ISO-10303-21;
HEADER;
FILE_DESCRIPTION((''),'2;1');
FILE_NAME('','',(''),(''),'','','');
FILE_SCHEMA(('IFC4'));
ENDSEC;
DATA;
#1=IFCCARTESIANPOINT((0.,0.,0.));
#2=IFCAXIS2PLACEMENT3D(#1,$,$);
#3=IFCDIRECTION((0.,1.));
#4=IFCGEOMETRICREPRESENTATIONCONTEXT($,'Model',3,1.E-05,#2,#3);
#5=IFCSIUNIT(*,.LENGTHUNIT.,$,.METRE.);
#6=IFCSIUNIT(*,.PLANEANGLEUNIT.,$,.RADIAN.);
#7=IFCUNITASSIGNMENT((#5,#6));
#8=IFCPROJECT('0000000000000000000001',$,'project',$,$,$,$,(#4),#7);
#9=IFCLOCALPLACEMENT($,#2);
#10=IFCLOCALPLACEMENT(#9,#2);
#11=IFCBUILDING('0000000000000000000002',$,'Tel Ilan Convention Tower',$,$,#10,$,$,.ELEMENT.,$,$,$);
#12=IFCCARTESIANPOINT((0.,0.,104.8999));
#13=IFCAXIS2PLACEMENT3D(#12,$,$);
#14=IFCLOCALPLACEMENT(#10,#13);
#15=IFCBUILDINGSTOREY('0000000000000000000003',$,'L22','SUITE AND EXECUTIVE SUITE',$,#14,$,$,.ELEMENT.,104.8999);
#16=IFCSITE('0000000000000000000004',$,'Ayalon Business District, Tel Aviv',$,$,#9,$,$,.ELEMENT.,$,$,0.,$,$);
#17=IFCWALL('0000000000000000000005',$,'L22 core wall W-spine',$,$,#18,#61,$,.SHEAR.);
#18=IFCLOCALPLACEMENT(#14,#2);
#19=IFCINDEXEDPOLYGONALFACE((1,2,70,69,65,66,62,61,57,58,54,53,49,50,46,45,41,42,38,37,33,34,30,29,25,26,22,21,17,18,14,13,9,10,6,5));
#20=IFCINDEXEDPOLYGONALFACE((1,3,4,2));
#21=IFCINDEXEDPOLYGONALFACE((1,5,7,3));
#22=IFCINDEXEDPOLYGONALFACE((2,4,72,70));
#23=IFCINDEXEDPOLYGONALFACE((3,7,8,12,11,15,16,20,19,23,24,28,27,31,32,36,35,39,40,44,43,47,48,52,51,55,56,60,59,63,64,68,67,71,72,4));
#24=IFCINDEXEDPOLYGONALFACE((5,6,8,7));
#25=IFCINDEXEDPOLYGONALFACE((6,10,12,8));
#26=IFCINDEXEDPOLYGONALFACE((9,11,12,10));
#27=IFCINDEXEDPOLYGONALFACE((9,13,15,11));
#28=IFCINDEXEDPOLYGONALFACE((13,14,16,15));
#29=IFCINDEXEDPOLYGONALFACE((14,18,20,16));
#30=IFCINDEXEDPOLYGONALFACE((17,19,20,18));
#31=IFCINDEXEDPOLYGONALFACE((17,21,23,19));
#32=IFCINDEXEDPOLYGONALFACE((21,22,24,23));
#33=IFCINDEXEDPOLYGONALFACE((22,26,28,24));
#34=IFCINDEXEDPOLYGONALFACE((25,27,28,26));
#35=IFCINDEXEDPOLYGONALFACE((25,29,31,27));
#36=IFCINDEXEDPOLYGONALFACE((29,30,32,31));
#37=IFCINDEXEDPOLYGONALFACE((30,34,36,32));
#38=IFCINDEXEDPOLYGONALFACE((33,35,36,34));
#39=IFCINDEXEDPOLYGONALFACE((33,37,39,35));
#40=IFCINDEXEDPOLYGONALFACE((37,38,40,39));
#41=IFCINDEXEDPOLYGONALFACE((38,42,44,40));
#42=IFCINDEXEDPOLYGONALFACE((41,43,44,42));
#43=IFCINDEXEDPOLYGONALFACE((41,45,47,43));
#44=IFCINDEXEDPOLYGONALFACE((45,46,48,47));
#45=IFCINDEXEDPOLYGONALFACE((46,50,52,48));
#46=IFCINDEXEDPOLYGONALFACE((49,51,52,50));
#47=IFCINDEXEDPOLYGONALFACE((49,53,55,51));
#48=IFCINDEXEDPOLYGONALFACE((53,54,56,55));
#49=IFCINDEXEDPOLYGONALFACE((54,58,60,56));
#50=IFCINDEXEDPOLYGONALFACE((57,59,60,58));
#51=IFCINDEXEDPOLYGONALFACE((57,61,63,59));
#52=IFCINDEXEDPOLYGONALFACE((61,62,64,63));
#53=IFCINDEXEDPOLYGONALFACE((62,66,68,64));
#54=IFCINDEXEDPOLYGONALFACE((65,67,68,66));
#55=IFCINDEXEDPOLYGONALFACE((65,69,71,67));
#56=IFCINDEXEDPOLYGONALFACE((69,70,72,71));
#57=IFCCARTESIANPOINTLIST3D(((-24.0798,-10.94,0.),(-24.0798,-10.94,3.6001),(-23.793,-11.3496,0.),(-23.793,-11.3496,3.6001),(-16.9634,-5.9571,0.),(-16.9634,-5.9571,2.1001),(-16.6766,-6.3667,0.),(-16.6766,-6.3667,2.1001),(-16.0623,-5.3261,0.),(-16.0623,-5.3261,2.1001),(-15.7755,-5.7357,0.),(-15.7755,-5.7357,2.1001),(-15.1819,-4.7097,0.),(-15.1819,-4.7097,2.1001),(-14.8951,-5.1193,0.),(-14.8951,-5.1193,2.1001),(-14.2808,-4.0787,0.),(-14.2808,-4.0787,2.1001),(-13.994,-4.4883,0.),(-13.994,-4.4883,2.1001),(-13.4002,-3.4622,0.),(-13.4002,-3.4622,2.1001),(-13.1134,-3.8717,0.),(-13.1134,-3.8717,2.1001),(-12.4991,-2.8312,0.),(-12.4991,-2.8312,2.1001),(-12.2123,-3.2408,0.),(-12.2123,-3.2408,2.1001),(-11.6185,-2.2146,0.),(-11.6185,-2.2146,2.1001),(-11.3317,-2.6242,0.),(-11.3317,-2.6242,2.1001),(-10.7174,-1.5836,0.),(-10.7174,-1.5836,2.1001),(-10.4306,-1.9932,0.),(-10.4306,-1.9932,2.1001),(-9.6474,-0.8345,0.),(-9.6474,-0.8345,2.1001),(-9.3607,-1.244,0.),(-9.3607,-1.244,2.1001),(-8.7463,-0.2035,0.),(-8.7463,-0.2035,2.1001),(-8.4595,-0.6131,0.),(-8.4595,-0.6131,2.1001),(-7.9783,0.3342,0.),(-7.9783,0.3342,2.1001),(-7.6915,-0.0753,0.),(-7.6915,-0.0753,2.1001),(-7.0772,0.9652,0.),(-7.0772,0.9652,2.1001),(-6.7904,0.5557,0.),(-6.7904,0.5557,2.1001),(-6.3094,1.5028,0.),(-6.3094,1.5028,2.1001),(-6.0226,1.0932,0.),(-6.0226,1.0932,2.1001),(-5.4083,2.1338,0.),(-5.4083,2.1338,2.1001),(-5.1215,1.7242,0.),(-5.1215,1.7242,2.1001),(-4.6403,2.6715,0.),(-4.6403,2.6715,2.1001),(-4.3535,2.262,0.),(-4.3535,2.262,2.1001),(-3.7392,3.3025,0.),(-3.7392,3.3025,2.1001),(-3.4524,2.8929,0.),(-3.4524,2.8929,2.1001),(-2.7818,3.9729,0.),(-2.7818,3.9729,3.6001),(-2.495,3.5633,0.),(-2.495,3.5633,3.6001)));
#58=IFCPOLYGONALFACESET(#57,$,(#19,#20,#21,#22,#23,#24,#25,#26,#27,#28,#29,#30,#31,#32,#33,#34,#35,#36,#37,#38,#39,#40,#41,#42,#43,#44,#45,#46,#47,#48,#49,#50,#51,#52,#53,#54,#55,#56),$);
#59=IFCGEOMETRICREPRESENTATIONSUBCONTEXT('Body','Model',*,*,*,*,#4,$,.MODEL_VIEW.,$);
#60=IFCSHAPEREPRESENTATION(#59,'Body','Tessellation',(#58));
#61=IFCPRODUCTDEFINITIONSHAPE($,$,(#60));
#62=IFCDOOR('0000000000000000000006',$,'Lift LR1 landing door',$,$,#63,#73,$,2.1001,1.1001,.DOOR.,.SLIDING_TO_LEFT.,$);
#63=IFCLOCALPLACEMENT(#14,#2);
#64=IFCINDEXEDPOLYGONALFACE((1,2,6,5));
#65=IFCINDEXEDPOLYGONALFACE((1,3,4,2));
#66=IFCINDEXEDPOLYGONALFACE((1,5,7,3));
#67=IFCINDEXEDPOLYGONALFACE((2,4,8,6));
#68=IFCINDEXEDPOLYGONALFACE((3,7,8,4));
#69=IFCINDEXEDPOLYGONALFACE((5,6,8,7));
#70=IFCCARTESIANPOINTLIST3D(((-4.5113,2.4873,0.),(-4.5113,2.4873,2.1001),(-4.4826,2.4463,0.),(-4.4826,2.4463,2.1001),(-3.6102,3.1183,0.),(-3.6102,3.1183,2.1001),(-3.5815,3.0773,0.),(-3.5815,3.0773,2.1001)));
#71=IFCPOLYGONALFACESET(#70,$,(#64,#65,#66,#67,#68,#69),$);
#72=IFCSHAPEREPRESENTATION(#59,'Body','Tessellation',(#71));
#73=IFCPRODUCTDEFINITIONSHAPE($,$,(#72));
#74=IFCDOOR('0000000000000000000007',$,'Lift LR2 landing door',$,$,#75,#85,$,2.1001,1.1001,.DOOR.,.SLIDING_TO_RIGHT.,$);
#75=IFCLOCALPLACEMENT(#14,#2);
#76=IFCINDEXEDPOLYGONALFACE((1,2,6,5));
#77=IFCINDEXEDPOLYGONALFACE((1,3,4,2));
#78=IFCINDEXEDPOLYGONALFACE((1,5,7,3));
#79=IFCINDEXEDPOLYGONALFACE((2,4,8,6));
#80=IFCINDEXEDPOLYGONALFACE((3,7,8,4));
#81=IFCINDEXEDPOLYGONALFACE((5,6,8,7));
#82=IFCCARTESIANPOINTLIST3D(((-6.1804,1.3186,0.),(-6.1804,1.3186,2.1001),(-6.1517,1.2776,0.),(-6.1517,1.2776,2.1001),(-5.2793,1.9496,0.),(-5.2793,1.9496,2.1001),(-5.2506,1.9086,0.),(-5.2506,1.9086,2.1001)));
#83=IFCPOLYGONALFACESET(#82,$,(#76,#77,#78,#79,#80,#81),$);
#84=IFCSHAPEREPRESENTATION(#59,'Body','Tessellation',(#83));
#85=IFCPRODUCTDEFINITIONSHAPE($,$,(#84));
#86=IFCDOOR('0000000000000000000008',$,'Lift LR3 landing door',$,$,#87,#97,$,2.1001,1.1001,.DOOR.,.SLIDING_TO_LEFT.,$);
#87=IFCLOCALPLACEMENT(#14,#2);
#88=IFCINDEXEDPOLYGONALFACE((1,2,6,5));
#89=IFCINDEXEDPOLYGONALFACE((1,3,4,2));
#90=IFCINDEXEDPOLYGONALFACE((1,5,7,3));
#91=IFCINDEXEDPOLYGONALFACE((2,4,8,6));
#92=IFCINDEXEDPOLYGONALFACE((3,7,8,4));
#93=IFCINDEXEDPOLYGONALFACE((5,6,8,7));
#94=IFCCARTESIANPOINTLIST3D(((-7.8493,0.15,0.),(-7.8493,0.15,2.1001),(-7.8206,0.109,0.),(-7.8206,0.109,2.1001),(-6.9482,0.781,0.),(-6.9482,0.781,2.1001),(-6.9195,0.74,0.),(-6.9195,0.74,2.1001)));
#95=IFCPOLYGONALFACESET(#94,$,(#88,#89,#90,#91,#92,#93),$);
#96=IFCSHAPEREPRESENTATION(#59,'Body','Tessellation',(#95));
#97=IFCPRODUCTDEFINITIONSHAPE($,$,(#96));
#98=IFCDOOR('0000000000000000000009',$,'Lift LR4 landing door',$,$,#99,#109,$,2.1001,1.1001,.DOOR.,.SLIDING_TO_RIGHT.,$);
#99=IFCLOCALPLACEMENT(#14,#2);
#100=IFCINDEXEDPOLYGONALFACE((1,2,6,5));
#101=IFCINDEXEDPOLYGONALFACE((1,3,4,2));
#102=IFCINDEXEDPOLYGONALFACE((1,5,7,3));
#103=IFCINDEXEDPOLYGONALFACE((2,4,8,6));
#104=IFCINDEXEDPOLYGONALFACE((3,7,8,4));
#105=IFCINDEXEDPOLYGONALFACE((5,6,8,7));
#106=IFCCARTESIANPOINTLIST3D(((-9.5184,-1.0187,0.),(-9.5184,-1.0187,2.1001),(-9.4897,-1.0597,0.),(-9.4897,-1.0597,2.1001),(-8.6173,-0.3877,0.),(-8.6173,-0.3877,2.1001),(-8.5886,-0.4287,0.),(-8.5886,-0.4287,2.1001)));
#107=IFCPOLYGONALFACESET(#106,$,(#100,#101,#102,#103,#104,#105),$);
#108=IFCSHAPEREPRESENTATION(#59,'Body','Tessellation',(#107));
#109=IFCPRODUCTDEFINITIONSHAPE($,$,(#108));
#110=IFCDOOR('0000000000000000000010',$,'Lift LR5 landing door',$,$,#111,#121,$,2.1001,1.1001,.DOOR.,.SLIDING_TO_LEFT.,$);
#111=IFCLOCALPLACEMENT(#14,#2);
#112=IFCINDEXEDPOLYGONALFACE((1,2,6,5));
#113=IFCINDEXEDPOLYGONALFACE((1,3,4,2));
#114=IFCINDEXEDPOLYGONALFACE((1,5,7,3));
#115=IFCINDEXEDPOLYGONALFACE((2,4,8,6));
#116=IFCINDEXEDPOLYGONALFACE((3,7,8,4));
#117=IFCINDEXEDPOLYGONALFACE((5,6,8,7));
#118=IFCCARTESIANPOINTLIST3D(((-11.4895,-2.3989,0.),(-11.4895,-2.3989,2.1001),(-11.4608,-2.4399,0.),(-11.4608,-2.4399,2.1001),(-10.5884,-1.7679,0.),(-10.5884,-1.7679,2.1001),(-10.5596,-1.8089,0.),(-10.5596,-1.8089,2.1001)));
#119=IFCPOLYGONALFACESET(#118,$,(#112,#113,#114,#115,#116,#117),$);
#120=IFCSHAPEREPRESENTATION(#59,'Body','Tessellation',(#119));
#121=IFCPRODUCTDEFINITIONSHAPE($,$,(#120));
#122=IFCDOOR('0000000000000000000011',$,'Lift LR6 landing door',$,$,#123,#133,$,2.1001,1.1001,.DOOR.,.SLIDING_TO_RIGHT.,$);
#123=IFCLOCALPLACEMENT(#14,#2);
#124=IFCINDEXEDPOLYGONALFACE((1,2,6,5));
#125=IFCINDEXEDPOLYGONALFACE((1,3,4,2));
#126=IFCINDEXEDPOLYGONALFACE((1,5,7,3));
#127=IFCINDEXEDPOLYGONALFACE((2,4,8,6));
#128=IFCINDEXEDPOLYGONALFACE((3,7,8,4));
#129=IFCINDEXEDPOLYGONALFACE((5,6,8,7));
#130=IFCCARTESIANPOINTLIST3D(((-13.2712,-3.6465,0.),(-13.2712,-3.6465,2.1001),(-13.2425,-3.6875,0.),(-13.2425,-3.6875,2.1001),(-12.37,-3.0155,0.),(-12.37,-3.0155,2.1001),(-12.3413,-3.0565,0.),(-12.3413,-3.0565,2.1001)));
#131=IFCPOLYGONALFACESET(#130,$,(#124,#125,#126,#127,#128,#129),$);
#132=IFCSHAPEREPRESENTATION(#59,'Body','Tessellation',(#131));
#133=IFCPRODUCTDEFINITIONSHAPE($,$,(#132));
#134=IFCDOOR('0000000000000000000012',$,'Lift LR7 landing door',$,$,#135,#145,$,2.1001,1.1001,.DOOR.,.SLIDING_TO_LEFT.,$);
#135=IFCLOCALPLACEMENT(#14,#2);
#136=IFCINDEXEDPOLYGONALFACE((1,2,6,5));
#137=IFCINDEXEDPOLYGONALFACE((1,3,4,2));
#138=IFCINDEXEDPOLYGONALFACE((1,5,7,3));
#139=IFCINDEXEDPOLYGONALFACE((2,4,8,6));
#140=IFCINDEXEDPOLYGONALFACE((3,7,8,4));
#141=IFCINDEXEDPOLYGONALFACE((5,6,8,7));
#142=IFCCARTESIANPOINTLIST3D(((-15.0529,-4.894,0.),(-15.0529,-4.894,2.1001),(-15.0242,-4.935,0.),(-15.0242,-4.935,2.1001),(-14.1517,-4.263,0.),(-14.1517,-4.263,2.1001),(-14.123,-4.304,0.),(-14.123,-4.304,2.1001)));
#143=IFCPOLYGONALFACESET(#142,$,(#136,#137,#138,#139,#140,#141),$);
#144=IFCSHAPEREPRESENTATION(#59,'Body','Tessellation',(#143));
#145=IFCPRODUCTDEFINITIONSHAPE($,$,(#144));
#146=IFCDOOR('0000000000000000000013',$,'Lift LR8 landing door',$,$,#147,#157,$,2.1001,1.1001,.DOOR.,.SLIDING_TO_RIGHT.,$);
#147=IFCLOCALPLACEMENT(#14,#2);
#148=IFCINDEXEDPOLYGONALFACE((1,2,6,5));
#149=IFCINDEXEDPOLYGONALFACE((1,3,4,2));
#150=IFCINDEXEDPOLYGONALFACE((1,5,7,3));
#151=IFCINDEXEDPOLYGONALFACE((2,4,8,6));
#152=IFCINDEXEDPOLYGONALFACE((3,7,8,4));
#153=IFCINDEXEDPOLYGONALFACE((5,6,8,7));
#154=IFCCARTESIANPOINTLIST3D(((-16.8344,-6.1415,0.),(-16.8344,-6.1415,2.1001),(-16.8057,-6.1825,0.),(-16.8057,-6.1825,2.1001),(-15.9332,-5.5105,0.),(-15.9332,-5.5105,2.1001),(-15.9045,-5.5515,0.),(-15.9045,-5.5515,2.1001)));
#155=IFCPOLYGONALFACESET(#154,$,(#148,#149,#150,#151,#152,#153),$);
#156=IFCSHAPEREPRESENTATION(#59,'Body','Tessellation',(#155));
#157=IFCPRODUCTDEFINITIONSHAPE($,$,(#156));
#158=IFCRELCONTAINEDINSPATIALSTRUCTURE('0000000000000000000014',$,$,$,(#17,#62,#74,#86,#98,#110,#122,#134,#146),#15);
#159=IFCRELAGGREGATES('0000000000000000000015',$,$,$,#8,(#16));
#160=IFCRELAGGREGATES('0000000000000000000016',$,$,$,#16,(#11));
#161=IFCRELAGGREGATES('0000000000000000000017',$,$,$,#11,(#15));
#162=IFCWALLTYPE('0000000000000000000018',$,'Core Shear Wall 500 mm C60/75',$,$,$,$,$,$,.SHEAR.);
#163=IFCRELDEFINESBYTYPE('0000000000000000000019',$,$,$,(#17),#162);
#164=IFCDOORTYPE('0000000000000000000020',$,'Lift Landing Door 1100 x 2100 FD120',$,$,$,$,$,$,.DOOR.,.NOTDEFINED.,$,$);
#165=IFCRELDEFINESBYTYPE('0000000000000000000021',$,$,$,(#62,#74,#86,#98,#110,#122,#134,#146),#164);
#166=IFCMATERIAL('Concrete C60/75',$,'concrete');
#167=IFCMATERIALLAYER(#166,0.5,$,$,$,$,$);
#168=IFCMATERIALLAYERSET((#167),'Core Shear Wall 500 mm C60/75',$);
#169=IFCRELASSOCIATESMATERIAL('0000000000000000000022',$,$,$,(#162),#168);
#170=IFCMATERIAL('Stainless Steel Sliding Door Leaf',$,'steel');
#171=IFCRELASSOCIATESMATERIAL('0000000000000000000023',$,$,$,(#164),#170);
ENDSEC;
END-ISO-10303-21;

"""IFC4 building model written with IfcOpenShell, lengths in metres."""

from ifc_helpers import new_model, si_unit, direction, frame, frame_2d, origin, place, context, subcontext, project, spatial, polyline, rectangle, outline, extrude, material, layer, layer_set, type_object, element, fill, save


model = new_model("IFC4")

# Units and contexts
model_context = context("Model", 3, precision=1e-05, world=origin(), true_north=direction((0.0, 1.0)))
body_context = subcontext(model_context, "Body", "Model", "MODEL_VIEW")
ifc_project = project(units=[si_unit("LENGTHUNIT", "METRE"), si_unit("PLANEANGLEUNIT", "RADIAN")], contexts=[model_context])

# Site, building, storey
site_placement = place(None, origin())
site = spatial("IfcSite", under=ifc_project, at=site_placement, Name="Ayalon Business District, Tel Aviv", CompositionType="ELEMENT", RefElevation=0.0)
building_placement = place(site_placement, origin())
building = spatial("IfcBuilding", under=site, at=building_placement, Name="Tel Ilan Convention Tower", CompositionType="ELEMENT")
storey_placement = place(building_placement, frame((0.0, 0.0, 104.8999)))
storey = spatial("IfcBuildingStorey", under=building, at=storey_placement, Name="L22", Description="SUITE AND EXECUTIVE SUITE", CompositionType="ELEMENT", Elevation=104.8999)

# Wall, openings, doors
ifc_material_1 = material(Name="Concrete C60/75", Category="concrete")
ifc_layer_1 = layer(ifc_material_1, 0.5)
ifc_layer_set_1 = layer_set([ifc_layer_1], Name="Core Shear Wall 500 mm C60/75")
wall_type_1 = type_object("IfcWallType", Name="Core Shear Wall 500 mm C60/75", PredefinedType="SHEAR", material=ifc_layer_set_1)
wall_1_placement = place(storey_placement, frame((-2.6384, 3.7681, 0.0), z_axis=(0.0, 0.0, 1.0), x_axis=(-0.819149, -0.573581, 0.0)))
wall_1 = element("IfcWall", 1, at=wall_1_placement, inside=storey, type_object=wall_type_1, Name="L22 core wall W-spine", PredefinedType="SHEAR", context=body_context, shape_type="SweptSolid", body=[
    extrude(outline(polyline([(26.0, 0.2498), (0.0, 0.25), (0.0, -0.25), (26.0, -0.2502), (26.0, 0.2498)])), origin(), (0.0, 0.0, 1.0), 3.6001),
])
opening_1_placement = place(wall_1_placement, frame((1.1687, 0.0, 0.0)))
opening_1 = element("IfcOpeningElement", 2, at=opening_1_placement, cuts=wall_1, PredefinedType="OPENING", context=body_context, shape_type="SweptSolid", body=[
    extrude(rectangle(XDim=1.1001, YDim=2.1001, at=frame_2d((0.55, 1.05))), frame((0.0, 0.26, 0.0), z_axis=(0.0, -1.0, 0.0), x_axis=(1.0, 0.0, 0.0)), (0.0, 0.0, 1.0), 0.52),
])
opening_2_placement = place(wall_1_placement, frame((3.2063, 0.0, 0.0)))
opening_2 = element("IfcOpeningElement", 3, at=opening_2_placement, cuts=wall_1, PredefinedType="OPENING", context=body_context, shape_type="SweptSolid", body=[
    extrude(rectangle(XDim=1.1001, YDim=2.1001, at=frame_2d((0.55, 1.05))), frame((0.0, 0.26, 0.0), z_axis=(0.0, -1.0, 0.0), x_axis=(1.0, 0.0, 0.0)), (0.0, 0.0, 1.0), 0.52),
])
opening_3_placement = place(wall_1_placement, frame((5.2437, 0.0, 0.0)))
opening_3 = element("IfcOpeningElement", 4, at=opening_3_placement, cuts=wall_1, PredefinedType="OPENING", context=body_context, shape_type="SweptSolid", body=[
    extrude(rectangle(XDim=1.1001, YDim=2.1001, at=frame_2d((0.55, 1.05))), frame((0.0, 0.26, 0.0), z_axis=(0.0, -1.0, 0.0), x_axis=(1.0, 0.0, 0.0)), (0.0, 0.0, 1.0), 0.52),
])
opening_4_placement = place(wall_1_placement, frame((7.2812, 0.0, 0.0)))
opening_4 = element("IfcOpeningElement", 5, at=opening_4_placement, cuts=wall_1, PredefinedType="OPENING", context=body_context, shape_type="SweptSolid", body=[
    extrude(rectangle(XDim=1.1001, YDim=2.1001, at=frame_2d((0.55, 1.05))), frame((0.0, 0.26, 0.0), z_axis=(0.0, -1.0, 0.0), x_axis=(1.0, 0.0, 0.0)), (0.0, 0.0, 1.0), 0.52),
])
opening_5_placement = place(wall_1_placement, frame((9.6875, 0.0, 0.0)))
opening_5 = element("IfcOpeningElement", 6, at=opening_5_placement, cuts=wall_1, PredefinedType="OPENING", context=body_context, shape_type="SweptSolid", body=[
    extrude(rectangle(XDim=1.1001, YDim=2.1001, at=frame_2d((0.55, 1.05))), frame((0.0, 0.26, 0.0), z_axis=(0.0, -1.0, 0.0), x_axis=(1.0, 0.0, 0.0)), (0.0, 0.0, 1.0), 0.52),
])
opening_6_placement = place(wall_1_placement, frame((11.8625, 0.0, 0.0)))
opening_6 = element("IfcOpeningElement", 7, at=opening_6_placement, cuts=wall_1, PredefinedType="OPENING", context=body_context, shape_type="SweptSolid", body=[
    extrude(rectangle(XDim=1.1001, YDim=2.1001, at=frame_2d((0.55, 1.05))), frame((0.0, 0.26, 0.0), z_axis=(0.0, -1.0, 0.0), x_axis=(1.0, 0.0, 0.0)), (0.0, 0.0, 1.0), 0.52),
])
opening_7_placement = place(wall_1_placement, frame((14.0376, 0.0, 0.0)))
opening_7 = element("IfcOpeningElement", 8, at=opening_7_placement, cuts=wall_1, PredefinedType="OPENING", context=body_context, shape_type="SweptSolid", body=[
    extrude(rectangle(XDim=1.1001, YDim=2.1001, at=frame_2d((0.55, 1.05))), frame((0.0, 0.26, 0.0), z_axis=(0.0, -1.0, 0.0), x_axis=(1.0, 0.0, 0.0)), (0.0, 0.0, 1.0), 0.52),
])
opening_8_placement = place(wall_1_placement, frame((16.2124, 0.0, 0.0)))
opening_8 = element("IfcOpeningElement", 9, at=opening_8_placement, cuts=wall_1, PredefinedType="OPENING", context=body_context, shape_type="SweptSolid", body=[
    extrude(rectangle(XDim=1.1001, YDim=2.1001, at=frame_2d((0.55, 1.05))), frame((0.0, 0.26, 0.0), z_axis=(0.0, -1.0, 0.0), x_axis=(1.0, 0.0, 0.0)), (0.0, 0.0, 1.0), 0.52),
])
ifc_material_2 = material(Name="Stainless Steel Sliding Door Leaf", Category="steel")
door_type_1 = type_object("IfcDoorType", Name="Lift Landing Door 1100 x 2100 FD120", OperationType="NOTDEFINED", PredefinedType="DOOR", material=ifc_material_2)
door_1_placement = place(opening_1_placement, origin())
door_1 = element("IfcDoor", 10, at=door_1_placement, inside=storey, type_object=door_type_1, Name="Lift LR1 landing door", OperationType="SLIDING_TO_LEFT", OverallHeight=2.1001, OverallWidth=1.1001, PredefinedType="DOOR", context=body_context, shape_type="SweptSolid", body=[
    extrude(rectangle(XDim=1.1001, YDim=2.1001, at=frame_2d((0.55, 1.05))), frame((0.0, 0.0249, 0.0), z_axis=(0.0, -1.0, 0.0), x_axis=(1.0, 0.0, 0.0)), (0.0, 0.0, 1.0), 0.05),
])
fill(opening_1, door_1)
door_2_placement = place(opening_2_placement, origin())
door_2 = element("IfcDoor", 11, at=door_2_placement, inside=storey, type_object=door_type_1, Name="Lift LR2 landing door", OperationType="SLIDING_TO_RIGHT", OverallHeight=2.1001, OverallWidth=1.1001, PredefinedType="DOOR", context=body_context, shape_type="SweptSolid", body=[
    extrude(rectangle(XDim=1.1001, YDim=2.1001, at=frame_2d((0.55, 1.05))), frame((0.0, 0.0249, 0.0), z_axis=(0.0, -1.0, 0.0), x_axis=(1.0, 0.0, 0.0)), (0.0, 0.0, 1.0), 0.05),
])
fill(opening_2, door_2)
door_3_placement = place(opening_3_placement, origin())
door_3 = element("IfcDoor", 12, at=door_3_placement, inside=storey, type_object=door_type_1, Name="Lift LR3 landing door", OperationType="SLIDING_TO_LEFT", OverallHeight=2.1001, OverallWidth=1.1001, PredefinedType="DOOR", context=body_context, shape_type="SweptSolid", body=[
    extrude(rectangle(XDim=1.1001, YDim=2.1001, at=frame_2d((0.55, 1.05))), frame((0.0, 0.0249, 0.0), z_axis=(0.0, -1.0, 0.0), x_axis=(1.0, 0.0, 0.0)), (0.0, 0.0, 1.0), 0.05),
])
fill(opening_3, door_3)
door_4_placement = place(opening_4_placement, origin())
door_4 = element("IfcDoor", 13, at=door_4_placement, inside=storey, type_object=door_type_1, Name="Lift LR4 landing door", OperationType="SLIDING_TO_RIGHT", OverallHeight=2.1001, OverallWidth=1.1001, PredefinedType="DOOR", context=body_context, shape_type="SweptSolid", body=[
    extrude(rectangle(XDim=1.1001, YDim=2.1001, at=frame_2d((0.55, 1.05))), frame((0.0, 0.0249, 0.0), z_axis=(0.0, -1.0, 0.0), x_axis=(1.0, 0.0, 0.0)), (0.0, 0.0, 1.0), 0.05),
])
fill(opening_4, door_4)
door_5_placement = place(opening_5_placement, origin())
door_5 = element("IfcDoor", 14, at=door_5_placement, inside=storey, type_object=door_type_1, Name="Lift LR5 landing door", OperationType="SLIDING_TO_LEFT", OverallHeight=2.1001, OverallWidth=1.1001, PredefinedType="DOOR", context=body_context, shape_type="SweptSolid", body=[
    extrude(rectangle(XDim=1.1001, YDim=2.1001, at=frame_2d((0.55, 1.05))), frame((0.0, 0.0249, 0.0), z_axis=(0.0, -1.0, 0.0), x_axis=(1.0, 0.0, 0.0)), (0.0, 0.0, 1.0), 0.05),
])
fill(opening_5, door_5)
door_6_placement = place(opening_6_placement, origin())
door_6 = element("IfcDoor", 15, at=door_6_placement, inside=storey, type_object=door_type_1, Name="Lift LR6 landing door", OperationType="SLIDING_TO_RIGHT", OverallHeight=2.1001, OverallWidth=1.1001, PredefinedType="DOOR", context=body_context, shape_type="SweptSolid", body=[
    extrude(rectangle(XDim=1.1001, YDim=2.1001, at=frame_2d((0.55, 1.05))), frame((0.0, 0.0249, 0.0), z_axis=(0.0, -1.0, 0.0), x_axis=(1.0, 0.0, 0.0)), (0.0, 0.0, 1.0), 0.05),
])
fill(opening_6, door_6)
door_7_placement = place(opening_7_placement, origin())
door_7 = element("IfcDoor", 16, at=door_7_placement, inside=storey, type_object=door_type_1, Name="Lift LR7 landing door", OperationType="SLIDING_TO_LEFT", OverallHeight=2.1001, OverallWidth=1.1001, PredefinedType="DOOR", context=body_context, shape_type="SweptSolid", body=[
    extrude(rectangle(XDim=1.1001, YDim=2.1001, at=frame_2d((0.55, 1.05))), frame((0.0, 0.0249, 0.0), z_axis=(0.0, -1.0, 0.0), x_axis=(1.0, 0.0, 0.0)), (0.0, 0.0, 1.0), 0.05),
])
fill(opening_7, door_7)
door_8_placement = place(opening_8_placement, origin())
door_8 = element("IfcDoor", 17, at=door_8_placement, inside=storey, type_object=door_type_1, Name="Lift LR8 landing door", OperationType="SLIDING_TO_RIGHT", OverallHeight=2.1001, OverallWidth=1.1001, PredefinedType="DOOR", context=body_context, shape_type="SweptSolid", body=[
    extrude(rectangle(XDim=1.1001, YDim=2.1001, at=frame_2d((0.55, 1.05))), frame((0.0, 0.0249, 0.0), z_axis=(0.0, -1.0, 0.0), x_axis=(1.0, 0.0, 0.0)), (0.0, 0.0, 1.0), 0.05),
])
fill(opening_8, door_8)

save(model, "model.ifc")
